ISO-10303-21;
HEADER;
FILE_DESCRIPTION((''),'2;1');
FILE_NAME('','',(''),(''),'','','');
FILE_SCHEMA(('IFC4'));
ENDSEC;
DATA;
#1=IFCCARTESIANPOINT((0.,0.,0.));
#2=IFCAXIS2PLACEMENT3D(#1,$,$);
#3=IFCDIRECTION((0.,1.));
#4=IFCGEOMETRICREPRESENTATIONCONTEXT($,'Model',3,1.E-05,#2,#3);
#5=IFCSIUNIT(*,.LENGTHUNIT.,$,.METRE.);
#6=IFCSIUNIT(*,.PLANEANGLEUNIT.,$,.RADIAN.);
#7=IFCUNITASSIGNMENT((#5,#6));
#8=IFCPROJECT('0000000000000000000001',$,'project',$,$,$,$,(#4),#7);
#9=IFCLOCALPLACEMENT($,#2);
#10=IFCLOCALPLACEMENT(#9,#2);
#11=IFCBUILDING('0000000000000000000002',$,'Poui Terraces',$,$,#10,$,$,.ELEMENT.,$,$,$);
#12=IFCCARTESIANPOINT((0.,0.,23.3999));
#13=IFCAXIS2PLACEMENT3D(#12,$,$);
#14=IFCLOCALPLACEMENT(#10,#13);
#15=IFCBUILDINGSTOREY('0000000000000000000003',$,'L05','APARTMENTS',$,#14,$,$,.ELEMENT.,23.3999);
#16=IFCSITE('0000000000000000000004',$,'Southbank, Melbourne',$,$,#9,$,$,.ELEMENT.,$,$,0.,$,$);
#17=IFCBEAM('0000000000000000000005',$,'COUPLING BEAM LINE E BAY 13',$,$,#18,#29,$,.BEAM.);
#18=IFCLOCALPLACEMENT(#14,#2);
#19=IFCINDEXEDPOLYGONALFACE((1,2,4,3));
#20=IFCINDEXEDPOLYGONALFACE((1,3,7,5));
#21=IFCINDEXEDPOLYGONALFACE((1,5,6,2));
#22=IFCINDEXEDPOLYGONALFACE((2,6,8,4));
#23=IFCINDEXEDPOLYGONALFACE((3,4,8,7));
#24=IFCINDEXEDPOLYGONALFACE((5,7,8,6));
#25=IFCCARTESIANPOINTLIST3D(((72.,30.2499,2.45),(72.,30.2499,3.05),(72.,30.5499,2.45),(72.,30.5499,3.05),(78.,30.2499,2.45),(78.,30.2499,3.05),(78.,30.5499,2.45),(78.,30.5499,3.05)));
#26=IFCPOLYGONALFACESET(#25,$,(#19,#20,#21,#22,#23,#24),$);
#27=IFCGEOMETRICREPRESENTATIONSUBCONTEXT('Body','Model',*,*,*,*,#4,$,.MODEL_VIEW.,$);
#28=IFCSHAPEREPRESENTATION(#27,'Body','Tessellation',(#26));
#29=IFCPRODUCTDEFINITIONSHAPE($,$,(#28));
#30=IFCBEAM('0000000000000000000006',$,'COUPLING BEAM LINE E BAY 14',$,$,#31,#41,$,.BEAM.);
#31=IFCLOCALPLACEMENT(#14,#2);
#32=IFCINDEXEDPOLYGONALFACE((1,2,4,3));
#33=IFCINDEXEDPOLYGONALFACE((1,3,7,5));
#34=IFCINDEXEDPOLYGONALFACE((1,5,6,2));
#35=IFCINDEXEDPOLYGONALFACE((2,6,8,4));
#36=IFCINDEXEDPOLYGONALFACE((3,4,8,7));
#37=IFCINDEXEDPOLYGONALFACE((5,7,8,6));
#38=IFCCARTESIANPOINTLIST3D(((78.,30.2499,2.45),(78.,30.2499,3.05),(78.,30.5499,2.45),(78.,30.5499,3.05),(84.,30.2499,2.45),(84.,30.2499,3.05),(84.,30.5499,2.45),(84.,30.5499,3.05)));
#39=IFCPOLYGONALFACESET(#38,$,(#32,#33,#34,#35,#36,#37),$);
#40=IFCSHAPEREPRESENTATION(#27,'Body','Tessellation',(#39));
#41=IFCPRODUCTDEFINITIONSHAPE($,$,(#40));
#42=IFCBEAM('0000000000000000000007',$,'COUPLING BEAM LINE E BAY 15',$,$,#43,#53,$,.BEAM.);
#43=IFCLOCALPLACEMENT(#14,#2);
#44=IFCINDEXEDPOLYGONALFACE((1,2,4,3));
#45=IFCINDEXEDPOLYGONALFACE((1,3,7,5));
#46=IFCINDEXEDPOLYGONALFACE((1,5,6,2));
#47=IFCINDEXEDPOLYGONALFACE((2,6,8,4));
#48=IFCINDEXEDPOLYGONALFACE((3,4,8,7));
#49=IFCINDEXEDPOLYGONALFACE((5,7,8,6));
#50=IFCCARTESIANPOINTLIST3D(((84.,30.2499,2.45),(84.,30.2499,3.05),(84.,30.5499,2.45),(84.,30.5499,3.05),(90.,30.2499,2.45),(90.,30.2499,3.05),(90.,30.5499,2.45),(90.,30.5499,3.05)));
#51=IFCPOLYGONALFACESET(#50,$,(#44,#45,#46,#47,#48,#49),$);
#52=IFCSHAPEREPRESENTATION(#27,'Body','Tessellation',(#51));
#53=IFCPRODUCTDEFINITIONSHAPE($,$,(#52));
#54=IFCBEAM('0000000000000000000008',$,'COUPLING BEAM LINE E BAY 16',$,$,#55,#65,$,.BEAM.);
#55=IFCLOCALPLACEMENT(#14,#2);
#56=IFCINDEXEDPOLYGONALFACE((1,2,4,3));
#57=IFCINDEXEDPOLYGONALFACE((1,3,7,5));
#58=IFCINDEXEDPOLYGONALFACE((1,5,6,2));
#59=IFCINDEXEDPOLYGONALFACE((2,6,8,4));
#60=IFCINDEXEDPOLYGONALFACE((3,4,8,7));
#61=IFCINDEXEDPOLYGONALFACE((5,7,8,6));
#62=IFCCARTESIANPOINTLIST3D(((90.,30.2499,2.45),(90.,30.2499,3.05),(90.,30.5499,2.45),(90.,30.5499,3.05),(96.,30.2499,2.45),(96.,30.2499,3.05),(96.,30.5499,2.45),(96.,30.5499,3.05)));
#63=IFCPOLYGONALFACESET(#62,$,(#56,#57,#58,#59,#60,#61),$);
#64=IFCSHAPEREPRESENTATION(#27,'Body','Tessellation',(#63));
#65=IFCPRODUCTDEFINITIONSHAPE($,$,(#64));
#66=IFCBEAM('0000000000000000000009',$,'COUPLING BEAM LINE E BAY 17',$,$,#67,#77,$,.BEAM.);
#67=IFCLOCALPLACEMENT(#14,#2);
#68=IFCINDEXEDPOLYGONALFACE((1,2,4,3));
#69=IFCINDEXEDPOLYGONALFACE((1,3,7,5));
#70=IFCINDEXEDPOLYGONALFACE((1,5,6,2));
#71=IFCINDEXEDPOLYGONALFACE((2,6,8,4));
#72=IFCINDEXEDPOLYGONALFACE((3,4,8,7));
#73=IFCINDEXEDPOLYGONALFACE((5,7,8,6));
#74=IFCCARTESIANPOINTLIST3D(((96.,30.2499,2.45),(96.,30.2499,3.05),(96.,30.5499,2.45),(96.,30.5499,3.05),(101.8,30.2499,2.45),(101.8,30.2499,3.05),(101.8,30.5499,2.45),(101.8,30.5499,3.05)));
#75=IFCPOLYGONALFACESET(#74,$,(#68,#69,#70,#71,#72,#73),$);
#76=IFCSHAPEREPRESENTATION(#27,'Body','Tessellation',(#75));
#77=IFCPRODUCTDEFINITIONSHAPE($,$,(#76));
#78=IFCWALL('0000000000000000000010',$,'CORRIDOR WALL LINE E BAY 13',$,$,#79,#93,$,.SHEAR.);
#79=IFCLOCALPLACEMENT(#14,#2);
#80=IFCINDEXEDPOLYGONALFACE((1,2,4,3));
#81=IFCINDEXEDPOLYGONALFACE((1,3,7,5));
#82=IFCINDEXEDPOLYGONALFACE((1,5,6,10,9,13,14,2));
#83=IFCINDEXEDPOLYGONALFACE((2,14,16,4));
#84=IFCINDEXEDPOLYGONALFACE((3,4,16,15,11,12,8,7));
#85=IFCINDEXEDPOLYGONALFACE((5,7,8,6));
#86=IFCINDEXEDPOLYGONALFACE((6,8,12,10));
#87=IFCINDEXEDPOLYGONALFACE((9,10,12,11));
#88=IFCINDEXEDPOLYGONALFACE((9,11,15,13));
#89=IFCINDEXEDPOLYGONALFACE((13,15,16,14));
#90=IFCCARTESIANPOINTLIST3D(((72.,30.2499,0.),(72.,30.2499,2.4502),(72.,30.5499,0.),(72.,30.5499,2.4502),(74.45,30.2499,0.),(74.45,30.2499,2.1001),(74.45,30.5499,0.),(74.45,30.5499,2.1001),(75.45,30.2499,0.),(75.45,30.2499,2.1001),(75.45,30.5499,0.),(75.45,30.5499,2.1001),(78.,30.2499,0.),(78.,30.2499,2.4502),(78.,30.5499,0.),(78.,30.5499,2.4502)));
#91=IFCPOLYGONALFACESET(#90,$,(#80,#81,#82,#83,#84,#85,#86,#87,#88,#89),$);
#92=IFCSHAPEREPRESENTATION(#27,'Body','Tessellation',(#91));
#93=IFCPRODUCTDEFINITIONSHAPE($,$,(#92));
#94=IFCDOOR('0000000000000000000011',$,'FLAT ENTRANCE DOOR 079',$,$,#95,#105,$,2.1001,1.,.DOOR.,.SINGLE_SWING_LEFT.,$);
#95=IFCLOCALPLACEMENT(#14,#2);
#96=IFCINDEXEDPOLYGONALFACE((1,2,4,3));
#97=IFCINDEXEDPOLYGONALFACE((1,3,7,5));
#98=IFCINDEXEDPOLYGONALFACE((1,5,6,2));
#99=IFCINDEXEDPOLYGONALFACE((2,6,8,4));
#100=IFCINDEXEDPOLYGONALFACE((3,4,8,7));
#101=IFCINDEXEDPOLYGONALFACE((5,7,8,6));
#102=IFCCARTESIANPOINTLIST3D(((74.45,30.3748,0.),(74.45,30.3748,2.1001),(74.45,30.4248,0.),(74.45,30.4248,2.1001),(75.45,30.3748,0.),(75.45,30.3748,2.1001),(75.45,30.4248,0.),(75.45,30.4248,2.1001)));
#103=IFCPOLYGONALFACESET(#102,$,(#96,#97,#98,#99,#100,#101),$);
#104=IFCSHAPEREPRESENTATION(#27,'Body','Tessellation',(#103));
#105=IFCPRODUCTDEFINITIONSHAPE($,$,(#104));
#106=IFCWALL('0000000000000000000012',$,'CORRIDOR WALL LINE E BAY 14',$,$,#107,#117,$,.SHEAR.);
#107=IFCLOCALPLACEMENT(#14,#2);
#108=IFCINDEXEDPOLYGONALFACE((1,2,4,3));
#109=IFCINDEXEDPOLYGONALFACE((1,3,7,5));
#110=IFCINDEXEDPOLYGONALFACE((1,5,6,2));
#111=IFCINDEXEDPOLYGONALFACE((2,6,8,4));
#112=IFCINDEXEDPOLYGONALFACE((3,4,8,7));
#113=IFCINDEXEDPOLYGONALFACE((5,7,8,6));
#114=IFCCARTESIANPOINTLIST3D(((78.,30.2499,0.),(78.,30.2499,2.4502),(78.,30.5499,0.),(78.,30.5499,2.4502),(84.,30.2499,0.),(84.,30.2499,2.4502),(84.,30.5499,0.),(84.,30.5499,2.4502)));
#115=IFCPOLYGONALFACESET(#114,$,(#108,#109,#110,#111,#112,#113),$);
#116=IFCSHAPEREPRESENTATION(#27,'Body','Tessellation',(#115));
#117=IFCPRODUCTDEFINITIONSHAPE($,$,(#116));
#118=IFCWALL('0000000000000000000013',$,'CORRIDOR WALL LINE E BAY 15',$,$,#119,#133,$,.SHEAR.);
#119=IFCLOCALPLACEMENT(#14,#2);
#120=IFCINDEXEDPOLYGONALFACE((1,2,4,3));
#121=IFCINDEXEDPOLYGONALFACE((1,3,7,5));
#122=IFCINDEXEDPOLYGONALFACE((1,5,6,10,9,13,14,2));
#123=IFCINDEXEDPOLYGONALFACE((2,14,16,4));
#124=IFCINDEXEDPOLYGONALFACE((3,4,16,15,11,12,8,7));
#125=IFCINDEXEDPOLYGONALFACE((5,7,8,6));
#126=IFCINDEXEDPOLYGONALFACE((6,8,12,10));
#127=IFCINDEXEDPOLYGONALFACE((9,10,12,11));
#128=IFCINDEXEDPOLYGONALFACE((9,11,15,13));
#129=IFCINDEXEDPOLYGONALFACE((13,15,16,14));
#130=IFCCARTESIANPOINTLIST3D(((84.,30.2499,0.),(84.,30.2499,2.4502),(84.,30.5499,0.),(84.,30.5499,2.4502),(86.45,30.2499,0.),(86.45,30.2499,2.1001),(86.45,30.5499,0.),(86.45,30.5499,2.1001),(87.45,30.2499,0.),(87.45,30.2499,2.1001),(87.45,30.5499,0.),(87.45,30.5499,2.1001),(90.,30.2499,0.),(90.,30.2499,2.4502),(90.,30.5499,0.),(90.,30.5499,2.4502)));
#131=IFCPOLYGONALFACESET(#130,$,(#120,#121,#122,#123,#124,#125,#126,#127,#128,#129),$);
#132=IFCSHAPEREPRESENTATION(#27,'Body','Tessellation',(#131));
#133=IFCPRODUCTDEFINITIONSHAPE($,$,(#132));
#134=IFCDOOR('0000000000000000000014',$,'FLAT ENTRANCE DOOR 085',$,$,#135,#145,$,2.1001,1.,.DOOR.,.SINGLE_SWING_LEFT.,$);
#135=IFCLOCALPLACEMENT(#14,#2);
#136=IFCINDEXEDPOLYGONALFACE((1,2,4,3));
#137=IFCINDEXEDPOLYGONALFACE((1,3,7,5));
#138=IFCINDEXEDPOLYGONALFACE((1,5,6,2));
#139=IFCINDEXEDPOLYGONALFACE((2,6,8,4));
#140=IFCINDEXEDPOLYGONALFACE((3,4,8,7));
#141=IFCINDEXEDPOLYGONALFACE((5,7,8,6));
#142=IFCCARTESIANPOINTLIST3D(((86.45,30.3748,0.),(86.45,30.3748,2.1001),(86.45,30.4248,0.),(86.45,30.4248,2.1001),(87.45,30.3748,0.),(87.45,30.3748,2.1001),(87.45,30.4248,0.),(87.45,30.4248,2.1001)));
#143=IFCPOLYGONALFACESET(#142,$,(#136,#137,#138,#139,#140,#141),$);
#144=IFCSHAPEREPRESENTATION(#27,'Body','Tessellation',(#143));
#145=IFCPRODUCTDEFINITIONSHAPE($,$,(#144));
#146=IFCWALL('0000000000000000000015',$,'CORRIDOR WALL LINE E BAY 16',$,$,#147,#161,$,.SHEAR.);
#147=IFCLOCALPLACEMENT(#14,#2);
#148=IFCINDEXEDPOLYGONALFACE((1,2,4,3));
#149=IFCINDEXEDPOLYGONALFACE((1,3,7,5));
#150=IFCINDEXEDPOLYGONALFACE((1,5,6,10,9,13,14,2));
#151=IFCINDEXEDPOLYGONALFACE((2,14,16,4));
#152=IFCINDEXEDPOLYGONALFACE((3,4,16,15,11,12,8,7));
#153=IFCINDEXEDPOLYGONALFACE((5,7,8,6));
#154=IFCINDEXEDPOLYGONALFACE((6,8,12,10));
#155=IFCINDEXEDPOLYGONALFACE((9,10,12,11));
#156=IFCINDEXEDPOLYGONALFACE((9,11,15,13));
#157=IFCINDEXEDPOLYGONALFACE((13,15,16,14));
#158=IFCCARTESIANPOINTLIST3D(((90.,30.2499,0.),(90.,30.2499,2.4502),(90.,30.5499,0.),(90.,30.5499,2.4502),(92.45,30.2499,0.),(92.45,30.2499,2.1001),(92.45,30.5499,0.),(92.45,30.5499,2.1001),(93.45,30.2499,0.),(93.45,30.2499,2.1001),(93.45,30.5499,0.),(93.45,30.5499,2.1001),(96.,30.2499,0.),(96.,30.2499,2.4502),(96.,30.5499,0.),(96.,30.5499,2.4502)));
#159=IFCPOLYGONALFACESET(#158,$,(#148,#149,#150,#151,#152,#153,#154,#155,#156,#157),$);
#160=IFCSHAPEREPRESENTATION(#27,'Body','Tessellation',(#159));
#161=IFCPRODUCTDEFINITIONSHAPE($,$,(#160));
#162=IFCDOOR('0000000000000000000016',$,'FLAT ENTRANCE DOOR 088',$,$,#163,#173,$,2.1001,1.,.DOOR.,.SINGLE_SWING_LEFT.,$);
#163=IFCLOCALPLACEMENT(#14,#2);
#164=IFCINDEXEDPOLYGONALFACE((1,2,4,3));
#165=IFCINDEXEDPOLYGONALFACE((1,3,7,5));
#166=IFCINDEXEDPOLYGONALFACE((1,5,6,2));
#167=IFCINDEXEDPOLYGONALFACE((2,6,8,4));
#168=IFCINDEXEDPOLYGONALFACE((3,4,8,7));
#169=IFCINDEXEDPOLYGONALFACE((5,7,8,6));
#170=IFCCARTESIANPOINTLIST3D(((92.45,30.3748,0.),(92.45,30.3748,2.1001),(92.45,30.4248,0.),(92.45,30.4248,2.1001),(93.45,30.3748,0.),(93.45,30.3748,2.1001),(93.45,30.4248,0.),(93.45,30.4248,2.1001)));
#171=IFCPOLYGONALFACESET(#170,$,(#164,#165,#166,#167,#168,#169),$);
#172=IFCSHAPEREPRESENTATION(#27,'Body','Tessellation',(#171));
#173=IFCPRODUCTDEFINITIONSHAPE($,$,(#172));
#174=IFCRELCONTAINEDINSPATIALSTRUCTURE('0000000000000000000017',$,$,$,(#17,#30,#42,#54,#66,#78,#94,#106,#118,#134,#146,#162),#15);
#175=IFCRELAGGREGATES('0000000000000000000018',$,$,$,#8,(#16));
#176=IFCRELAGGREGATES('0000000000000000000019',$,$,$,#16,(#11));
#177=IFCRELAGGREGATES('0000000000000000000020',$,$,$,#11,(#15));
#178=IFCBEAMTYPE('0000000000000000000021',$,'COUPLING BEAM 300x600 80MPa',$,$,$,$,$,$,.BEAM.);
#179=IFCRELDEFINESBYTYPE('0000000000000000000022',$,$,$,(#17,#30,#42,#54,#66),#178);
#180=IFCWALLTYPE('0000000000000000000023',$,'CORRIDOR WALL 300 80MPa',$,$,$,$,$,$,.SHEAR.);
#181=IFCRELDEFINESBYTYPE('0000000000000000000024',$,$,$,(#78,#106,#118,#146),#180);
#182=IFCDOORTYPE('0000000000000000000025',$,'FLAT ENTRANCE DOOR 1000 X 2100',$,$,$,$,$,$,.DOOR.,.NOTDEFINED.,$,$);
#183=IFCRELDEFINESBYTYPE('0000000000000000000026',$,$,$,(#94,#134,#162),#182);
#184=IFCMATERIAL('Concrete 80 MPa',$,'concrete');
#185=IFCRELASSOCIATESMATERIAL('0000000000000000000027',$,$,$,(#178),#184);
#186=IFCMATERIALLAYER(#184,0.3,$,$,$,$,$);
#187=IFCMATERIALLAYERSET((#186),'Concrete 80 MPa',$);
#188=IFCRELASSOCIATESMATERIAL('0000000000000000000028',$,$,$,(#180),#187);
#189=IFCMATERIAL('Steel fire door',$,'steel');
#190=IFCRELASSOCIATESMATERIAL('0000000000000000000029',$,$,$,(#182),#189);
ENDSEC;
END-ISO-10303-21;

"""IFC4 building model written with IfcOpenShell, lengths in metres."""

from ifc_helpers import new_model, si_unit, direction, frame, frame_2d, origin, origin_2d, place, context, subcontext, project, spatial, rectangle, extrude, source, transform, mapped, material, layer, layer_set, material_profile, profile_set, type_object, element, fill, save


model = new_model("IFC4")

# Units and contexts
model_context = context("Model", 3, precision=1e-05, world=origin(), true_north=direction((0.0, 1.0)))
body_context = subcontext(model_context, "Body", "Model", "MODEL_VIEW")
ifc_project = project(units=[si_unit("LENGTHUNIT", "METRE"), si_unit("PLANEANGLEUNIT", "RADIAN")], contexts=[model_context])

# Site, building, storey
site_placement = place(None, origin())
site = spatial("IfcSite", under=ifc_project, at=site_placement, Name="Southbank, Melbourne", CompositionType="ELEMENT", RefElevation=0.0)
building_placement = place(site_placement, origin())
building = spatial("IfcBuilding", under=site, at=building_placement, Name="Poui Terraces", CompositionType="ELEMENT")
storey_placement = place(building_placement, frame((0.0, 0.0, 23.3999)))
storey = spatial("IfcBuildingStorey", under=building, at=storey_placement, Name="L05", Description="APARTMENTS", CompositionType="ELEMENT", Elevation=23.3999)

# Beams
ifc_material_1 = material(Name="Concrete 80 MPa", Category="concrete")
ifc_material_profile = material_profile(ifc_material_1, rectangle(XDim=0.3, YDim=0.6001, at=origin_2d()), Name="RC 300x600")
ifc_profile_set = profile_set([ifc_material_profile], Name="Concrete 80 MPa")
beam_type = type_object("IfcBeamType", Name="COUPLING BEAM 300x600 80MPa", PredefinedType="BEAM", material=ifc_profile_set)
shared_shape_1 = source(origin(), body_context, "Body", "SweptSolid", [
    extrude(rectangle(XDim=0.3, YDim=0.6001, at=origin_2d()), origin(), (0.0, 0.0, 1.0), 6.0),
])
for number, where, z_axis, x_axis, name in (
    (1, (72.0, 30.3999, 2.75), (1.0, 0.0, 0.0), (0.0, 1.0, 0.0), "COUPLING BEAM LINE E BAY 13"),
    (2, (78.0, 30.3999, 2.75), (1.0, 0.0, 0.0), (0.0, 1.0, 0.0), "COUPLING BEAM LINE E BAY 14"),
    (3, (84.0, 30.3999, 2.75), (1.0, 0.0, 0.0), (0.0, 1.0, 0.0), "COUPLING BEAM LINE E BAY 15"),
    (4, (90.0, 30.3999, 2.75), (1.0, 0.0, 0.0), (0.0, 1.0, 0.0), "COUPLING BEAM LINE E BAY 16"),
):
    element("IfcBeam", number, at=place(storey_placement, frame(where, z_axis=z_axis, x_axis=x_axis)), inside=storey, type_object=beam_type, Name=name, PredefinedType="BEAM", context=body_context, shape_type="MappedRepresentation", body=[
        mapped(shared_shape_1, transform((0.0, 0.0, 0.0))),
    ])
shared_shape_2 = source(origin(), body_context, "Body", "SweptSolid", [
    extrude(rectangle(XDim=0.3, YDim=0.6001, at=origin_2d()), origin(), (0.0, 0.0, 1.0), 5.8),
])
beam_placement = place(storey_placement, frame((96.0, 30.3999, 2.75), z_axis=(1.0, 0.0, 0.0), x_axis=(0.0, 1.0, 0.0)))
element("IfcBeam", 5, at=beam_placement, inside=storey, type_object=beam_type, Name="COUPLING BEAM LINE E BAY 17", PredefinedType="BEAM", context=body_context, shape_type="MappedRepresentation", body=[
    mapped(shared_shape_2, transform((0.0, 0.0, 0.0))),
])

# Wall, opening, door
ifc_layer_1 = layer(ifc_material_1, 0.3)
ifc_layer_set_1 = layer_set([ifc_layer_1], Name="Concrete 80 MPa")
wall_type_1 = type_object("IfcWallType", Name="CORRIDOR WALL 300 80MPa", PredefinedType="SHEAR", material=ifc_layer_set_1)
wall_1_placement = place(storey_placement, frame((72.0, 30.3999, 0.0), z_axis=(0.0, 0.0, 1.0), x_axis=(1.0, 0.0, 0.0)))
wall_1 = element("IfcWall", 6, at=wall_1_placement, inside=storey, type_object=wall_type_1, Name="CORRIDOR WALL LINE E BAY 13", PredefinedType="SHEAR", context=body_context, shape_type="SweptSolid", body=[
    extrude(rectangle(XDim=6.0, YDim=0.3, at=frame_2d((3.0, 0.0))), origin(), (0.0, 0.0, 1.0), 2.4502),
])
opening_1_placement = place(wall_1_placement, frame((2.45, 0.0, 0.0)))
opening_1 = element("IfcOpeningElement", 7, at=opening_1_placement, cuts=wall_1, PredefinedType="OPENING", context=body_context, shape_type="SweptSolid", body=[
    extrude(rectangle(XDim=1.0, YDim=2.1001, at=frame_2d((0.5, 1.05))), frame((0.0, 0.1602, 0.0), z_axis=(0.0, -1.0, 0.0), x_axis=(1.0, 0.0, 0.0)), (0.0, 0.0, 1.0), 0.3201),
])
ifc_material_2 = material(Name="Steel fire door", Category="steel")
door_type_1 = type_object("IfcDoorType", Name="FLAT ENTRANCE DOOR 1000 X 2100", OperationType="NOTDEFINED", PredefinedType="DOOR", material=ifc_material_2)
door_1_placement = place(opening_1_placement, origin())
door_1 = element("IfcDoor", 8, at=door_1_placement, inside=storey, type_object=door_type_1, Name="FLAT ENTRANCE DOOR 079", OperationType="SINGLE_SWING_LEFT", OverallHeight=2.1001, OverallWidth=1.0, PredefinedType="DOOR", context=body_context, shape_type="SweptSolid", body=[
    extrude(rectangle(XDim=1.0, YDim=2.1001, at=frame_2d((0.5, 1.05))), frame((0.0, 0.0249, 0.0), z_axis=(0.0, -1.0, 0.0), x_axis=(1.0, 0.0, 0.0)), (0.0, 0.0, 1.0), 0.05),
])
fill(opening_1, door_1)

# Wall
wall_2_placement = place(storey_placement, frame((78.0, 30.3999, 0.0), z_axis=(0.0, 0.0, 1.0), x_axis=(1.0, 0.0, 0.0)))
element("IfcWall", 9, at=wall_2_placement, inside=storey, type_object=wall_type_1, Name="CORRIDOR WALL LINE E BAY 14", PredefinedType="SHEAR", context=body_context, shape_type="SweptSolid", body=[
    extrude(rectangle(XDim=6.0, YDim=0.3, at=frame_2d((3.0, 0.0))), origin(), (0.0, 0.0, 1.0), 2.4502),
])

# Walls, openings, doors
wall_3_placement = place(storey_placement, frame((84.0, 30.3999, 0.0), z_axis=(0.0, 0.0, 1.0), x_axis=(1.0, 0.0, 0.0)))
wall_3 = element("IfcWall", 10, at=wall_3_placement, inside=storey, type_object=wall_type_1, Name="CORRIDOR WALL LINE E BAY 15", PredefinedType="SHEAR", context=body_context, shape_type="SweptSolid", body=[
    extrude(rectangle(XDim=6.0, YDim=0.3, at=frame_2d((3.0, 0.0))), origin(), (0.0, 0.0, 1.0), 2.4502),
])
opening_2_placement = place(wall_3_placement, frame((2.45, 0.0, 0.0)))
opening_2 = element("IfcOpeningElement", 11, at=opening_2_placement, cuts=wall_3, PredefinedType="OPENING", context=body_context, shape_type="SweptSolid", body=[
    extrude(rectangle(XDim=1.0, YDim=2.1001, at=frame_2d((0.5, 1.05))), frame((0.0, 0.1602, 0.0), z_axis=(0.0, -1.0, 0.0), x_axis=(1.0, 0.0, 0.0)), (0.0, 0.0, 1.0), 0.3201),
])
door_2_placement = place(opening_2_placement, origin())
door_2 = element("IfcDoor", 12, at=door_2_placement, inside=storey, type_object=door_type_1, Name="FLAT ENTRANCE DOOR 085", OperationType="SINGLE_SWING_LEFT", OverallHeight=2.1001, OverallWidth=1.0, PredefinedType="DOOR", context=body_context, shape_type="SweptSolid", body=[
    extrude(rectangle(XDim=1.0, YDim=2.1001, at=frame_2d((0.5, 1.05))), frame((0.0, 0.0249, 0.0), z_axis=(0.0, -1.0, 0.0), x_axis=(1.0, 0.0, 0.0)), (0.0, 0.0, 1.0), 0.05),
])
fill(opening_2, door_2)
wall_4_placement = place(storey_placement, frame((90.0, 30.3999, 0.0), z_axis=(0.0, 0.0, 1.0), x_axis=(1.0, 0.0, 0.0)))
wall_4 = element("IfcWall", 13, at=wall_4_placement, inside=storey, type_object=wall_type_1, Name="CORRIDOR WALL LINE E BAY 16", PredefinedType="SHEAR", context=body_context, shape_type="SweptSolid", body=[
    extrude(rectangle(XDim=6.0, YDim=0.3, at=frame_2d((3.0, 0.0))), origin(), (0.0, 0.0, 1.0), 2.4502),
])
opening_3_placement = place(wall_4_placement, frame((2.45, 0.0, 0.0)))
opening_3 = element("IfcOpeningElement", 14, at=opening_3_placement, cuts=wall_4, PredefinedType="OPENING", context=body_context, shape_type="SweptSolid", body=[
    extrude(rectangle(XDim=1.0, YDim=2.1001, at=frame_2d((0.5, 1.05))), frame((0.0, 0.1602, 0.0), z_axis=(0.0, -1.0, 0.0), x_axis=(1.0, 0.0, 0.0)), (0.0, 0.0, 1.0), 0.3201),
])
door_3_placement = place(opening_3_placement, origin())
door_3 = element("IfcDoor", 15, at=door_3_placement, inside=storey, type_object=door_type_1, Name="FLAT ENTRANCE DOOR 088", OperationType="SINGLE_SWING_LEFT", OverallHeight=2.1001, OverallWidth=1.0, PredefinedType="DOOR", context=body_context, shape_type="SweptSolid", body=[
    extrude(rectangle(XDim=1.0, YDim=2.1001, at=frame_2d((0.5, 1.05))), frame((0.0, 0.0249, 0.0), z_axis=(0.0, -1.0, 0.0), x_axis=(1.0, 0.0, 0.0)), (0.0, 0.0, 1.0), 0.05),
])
fill(opening_3, door_3)

save(model, "model.ifc")
